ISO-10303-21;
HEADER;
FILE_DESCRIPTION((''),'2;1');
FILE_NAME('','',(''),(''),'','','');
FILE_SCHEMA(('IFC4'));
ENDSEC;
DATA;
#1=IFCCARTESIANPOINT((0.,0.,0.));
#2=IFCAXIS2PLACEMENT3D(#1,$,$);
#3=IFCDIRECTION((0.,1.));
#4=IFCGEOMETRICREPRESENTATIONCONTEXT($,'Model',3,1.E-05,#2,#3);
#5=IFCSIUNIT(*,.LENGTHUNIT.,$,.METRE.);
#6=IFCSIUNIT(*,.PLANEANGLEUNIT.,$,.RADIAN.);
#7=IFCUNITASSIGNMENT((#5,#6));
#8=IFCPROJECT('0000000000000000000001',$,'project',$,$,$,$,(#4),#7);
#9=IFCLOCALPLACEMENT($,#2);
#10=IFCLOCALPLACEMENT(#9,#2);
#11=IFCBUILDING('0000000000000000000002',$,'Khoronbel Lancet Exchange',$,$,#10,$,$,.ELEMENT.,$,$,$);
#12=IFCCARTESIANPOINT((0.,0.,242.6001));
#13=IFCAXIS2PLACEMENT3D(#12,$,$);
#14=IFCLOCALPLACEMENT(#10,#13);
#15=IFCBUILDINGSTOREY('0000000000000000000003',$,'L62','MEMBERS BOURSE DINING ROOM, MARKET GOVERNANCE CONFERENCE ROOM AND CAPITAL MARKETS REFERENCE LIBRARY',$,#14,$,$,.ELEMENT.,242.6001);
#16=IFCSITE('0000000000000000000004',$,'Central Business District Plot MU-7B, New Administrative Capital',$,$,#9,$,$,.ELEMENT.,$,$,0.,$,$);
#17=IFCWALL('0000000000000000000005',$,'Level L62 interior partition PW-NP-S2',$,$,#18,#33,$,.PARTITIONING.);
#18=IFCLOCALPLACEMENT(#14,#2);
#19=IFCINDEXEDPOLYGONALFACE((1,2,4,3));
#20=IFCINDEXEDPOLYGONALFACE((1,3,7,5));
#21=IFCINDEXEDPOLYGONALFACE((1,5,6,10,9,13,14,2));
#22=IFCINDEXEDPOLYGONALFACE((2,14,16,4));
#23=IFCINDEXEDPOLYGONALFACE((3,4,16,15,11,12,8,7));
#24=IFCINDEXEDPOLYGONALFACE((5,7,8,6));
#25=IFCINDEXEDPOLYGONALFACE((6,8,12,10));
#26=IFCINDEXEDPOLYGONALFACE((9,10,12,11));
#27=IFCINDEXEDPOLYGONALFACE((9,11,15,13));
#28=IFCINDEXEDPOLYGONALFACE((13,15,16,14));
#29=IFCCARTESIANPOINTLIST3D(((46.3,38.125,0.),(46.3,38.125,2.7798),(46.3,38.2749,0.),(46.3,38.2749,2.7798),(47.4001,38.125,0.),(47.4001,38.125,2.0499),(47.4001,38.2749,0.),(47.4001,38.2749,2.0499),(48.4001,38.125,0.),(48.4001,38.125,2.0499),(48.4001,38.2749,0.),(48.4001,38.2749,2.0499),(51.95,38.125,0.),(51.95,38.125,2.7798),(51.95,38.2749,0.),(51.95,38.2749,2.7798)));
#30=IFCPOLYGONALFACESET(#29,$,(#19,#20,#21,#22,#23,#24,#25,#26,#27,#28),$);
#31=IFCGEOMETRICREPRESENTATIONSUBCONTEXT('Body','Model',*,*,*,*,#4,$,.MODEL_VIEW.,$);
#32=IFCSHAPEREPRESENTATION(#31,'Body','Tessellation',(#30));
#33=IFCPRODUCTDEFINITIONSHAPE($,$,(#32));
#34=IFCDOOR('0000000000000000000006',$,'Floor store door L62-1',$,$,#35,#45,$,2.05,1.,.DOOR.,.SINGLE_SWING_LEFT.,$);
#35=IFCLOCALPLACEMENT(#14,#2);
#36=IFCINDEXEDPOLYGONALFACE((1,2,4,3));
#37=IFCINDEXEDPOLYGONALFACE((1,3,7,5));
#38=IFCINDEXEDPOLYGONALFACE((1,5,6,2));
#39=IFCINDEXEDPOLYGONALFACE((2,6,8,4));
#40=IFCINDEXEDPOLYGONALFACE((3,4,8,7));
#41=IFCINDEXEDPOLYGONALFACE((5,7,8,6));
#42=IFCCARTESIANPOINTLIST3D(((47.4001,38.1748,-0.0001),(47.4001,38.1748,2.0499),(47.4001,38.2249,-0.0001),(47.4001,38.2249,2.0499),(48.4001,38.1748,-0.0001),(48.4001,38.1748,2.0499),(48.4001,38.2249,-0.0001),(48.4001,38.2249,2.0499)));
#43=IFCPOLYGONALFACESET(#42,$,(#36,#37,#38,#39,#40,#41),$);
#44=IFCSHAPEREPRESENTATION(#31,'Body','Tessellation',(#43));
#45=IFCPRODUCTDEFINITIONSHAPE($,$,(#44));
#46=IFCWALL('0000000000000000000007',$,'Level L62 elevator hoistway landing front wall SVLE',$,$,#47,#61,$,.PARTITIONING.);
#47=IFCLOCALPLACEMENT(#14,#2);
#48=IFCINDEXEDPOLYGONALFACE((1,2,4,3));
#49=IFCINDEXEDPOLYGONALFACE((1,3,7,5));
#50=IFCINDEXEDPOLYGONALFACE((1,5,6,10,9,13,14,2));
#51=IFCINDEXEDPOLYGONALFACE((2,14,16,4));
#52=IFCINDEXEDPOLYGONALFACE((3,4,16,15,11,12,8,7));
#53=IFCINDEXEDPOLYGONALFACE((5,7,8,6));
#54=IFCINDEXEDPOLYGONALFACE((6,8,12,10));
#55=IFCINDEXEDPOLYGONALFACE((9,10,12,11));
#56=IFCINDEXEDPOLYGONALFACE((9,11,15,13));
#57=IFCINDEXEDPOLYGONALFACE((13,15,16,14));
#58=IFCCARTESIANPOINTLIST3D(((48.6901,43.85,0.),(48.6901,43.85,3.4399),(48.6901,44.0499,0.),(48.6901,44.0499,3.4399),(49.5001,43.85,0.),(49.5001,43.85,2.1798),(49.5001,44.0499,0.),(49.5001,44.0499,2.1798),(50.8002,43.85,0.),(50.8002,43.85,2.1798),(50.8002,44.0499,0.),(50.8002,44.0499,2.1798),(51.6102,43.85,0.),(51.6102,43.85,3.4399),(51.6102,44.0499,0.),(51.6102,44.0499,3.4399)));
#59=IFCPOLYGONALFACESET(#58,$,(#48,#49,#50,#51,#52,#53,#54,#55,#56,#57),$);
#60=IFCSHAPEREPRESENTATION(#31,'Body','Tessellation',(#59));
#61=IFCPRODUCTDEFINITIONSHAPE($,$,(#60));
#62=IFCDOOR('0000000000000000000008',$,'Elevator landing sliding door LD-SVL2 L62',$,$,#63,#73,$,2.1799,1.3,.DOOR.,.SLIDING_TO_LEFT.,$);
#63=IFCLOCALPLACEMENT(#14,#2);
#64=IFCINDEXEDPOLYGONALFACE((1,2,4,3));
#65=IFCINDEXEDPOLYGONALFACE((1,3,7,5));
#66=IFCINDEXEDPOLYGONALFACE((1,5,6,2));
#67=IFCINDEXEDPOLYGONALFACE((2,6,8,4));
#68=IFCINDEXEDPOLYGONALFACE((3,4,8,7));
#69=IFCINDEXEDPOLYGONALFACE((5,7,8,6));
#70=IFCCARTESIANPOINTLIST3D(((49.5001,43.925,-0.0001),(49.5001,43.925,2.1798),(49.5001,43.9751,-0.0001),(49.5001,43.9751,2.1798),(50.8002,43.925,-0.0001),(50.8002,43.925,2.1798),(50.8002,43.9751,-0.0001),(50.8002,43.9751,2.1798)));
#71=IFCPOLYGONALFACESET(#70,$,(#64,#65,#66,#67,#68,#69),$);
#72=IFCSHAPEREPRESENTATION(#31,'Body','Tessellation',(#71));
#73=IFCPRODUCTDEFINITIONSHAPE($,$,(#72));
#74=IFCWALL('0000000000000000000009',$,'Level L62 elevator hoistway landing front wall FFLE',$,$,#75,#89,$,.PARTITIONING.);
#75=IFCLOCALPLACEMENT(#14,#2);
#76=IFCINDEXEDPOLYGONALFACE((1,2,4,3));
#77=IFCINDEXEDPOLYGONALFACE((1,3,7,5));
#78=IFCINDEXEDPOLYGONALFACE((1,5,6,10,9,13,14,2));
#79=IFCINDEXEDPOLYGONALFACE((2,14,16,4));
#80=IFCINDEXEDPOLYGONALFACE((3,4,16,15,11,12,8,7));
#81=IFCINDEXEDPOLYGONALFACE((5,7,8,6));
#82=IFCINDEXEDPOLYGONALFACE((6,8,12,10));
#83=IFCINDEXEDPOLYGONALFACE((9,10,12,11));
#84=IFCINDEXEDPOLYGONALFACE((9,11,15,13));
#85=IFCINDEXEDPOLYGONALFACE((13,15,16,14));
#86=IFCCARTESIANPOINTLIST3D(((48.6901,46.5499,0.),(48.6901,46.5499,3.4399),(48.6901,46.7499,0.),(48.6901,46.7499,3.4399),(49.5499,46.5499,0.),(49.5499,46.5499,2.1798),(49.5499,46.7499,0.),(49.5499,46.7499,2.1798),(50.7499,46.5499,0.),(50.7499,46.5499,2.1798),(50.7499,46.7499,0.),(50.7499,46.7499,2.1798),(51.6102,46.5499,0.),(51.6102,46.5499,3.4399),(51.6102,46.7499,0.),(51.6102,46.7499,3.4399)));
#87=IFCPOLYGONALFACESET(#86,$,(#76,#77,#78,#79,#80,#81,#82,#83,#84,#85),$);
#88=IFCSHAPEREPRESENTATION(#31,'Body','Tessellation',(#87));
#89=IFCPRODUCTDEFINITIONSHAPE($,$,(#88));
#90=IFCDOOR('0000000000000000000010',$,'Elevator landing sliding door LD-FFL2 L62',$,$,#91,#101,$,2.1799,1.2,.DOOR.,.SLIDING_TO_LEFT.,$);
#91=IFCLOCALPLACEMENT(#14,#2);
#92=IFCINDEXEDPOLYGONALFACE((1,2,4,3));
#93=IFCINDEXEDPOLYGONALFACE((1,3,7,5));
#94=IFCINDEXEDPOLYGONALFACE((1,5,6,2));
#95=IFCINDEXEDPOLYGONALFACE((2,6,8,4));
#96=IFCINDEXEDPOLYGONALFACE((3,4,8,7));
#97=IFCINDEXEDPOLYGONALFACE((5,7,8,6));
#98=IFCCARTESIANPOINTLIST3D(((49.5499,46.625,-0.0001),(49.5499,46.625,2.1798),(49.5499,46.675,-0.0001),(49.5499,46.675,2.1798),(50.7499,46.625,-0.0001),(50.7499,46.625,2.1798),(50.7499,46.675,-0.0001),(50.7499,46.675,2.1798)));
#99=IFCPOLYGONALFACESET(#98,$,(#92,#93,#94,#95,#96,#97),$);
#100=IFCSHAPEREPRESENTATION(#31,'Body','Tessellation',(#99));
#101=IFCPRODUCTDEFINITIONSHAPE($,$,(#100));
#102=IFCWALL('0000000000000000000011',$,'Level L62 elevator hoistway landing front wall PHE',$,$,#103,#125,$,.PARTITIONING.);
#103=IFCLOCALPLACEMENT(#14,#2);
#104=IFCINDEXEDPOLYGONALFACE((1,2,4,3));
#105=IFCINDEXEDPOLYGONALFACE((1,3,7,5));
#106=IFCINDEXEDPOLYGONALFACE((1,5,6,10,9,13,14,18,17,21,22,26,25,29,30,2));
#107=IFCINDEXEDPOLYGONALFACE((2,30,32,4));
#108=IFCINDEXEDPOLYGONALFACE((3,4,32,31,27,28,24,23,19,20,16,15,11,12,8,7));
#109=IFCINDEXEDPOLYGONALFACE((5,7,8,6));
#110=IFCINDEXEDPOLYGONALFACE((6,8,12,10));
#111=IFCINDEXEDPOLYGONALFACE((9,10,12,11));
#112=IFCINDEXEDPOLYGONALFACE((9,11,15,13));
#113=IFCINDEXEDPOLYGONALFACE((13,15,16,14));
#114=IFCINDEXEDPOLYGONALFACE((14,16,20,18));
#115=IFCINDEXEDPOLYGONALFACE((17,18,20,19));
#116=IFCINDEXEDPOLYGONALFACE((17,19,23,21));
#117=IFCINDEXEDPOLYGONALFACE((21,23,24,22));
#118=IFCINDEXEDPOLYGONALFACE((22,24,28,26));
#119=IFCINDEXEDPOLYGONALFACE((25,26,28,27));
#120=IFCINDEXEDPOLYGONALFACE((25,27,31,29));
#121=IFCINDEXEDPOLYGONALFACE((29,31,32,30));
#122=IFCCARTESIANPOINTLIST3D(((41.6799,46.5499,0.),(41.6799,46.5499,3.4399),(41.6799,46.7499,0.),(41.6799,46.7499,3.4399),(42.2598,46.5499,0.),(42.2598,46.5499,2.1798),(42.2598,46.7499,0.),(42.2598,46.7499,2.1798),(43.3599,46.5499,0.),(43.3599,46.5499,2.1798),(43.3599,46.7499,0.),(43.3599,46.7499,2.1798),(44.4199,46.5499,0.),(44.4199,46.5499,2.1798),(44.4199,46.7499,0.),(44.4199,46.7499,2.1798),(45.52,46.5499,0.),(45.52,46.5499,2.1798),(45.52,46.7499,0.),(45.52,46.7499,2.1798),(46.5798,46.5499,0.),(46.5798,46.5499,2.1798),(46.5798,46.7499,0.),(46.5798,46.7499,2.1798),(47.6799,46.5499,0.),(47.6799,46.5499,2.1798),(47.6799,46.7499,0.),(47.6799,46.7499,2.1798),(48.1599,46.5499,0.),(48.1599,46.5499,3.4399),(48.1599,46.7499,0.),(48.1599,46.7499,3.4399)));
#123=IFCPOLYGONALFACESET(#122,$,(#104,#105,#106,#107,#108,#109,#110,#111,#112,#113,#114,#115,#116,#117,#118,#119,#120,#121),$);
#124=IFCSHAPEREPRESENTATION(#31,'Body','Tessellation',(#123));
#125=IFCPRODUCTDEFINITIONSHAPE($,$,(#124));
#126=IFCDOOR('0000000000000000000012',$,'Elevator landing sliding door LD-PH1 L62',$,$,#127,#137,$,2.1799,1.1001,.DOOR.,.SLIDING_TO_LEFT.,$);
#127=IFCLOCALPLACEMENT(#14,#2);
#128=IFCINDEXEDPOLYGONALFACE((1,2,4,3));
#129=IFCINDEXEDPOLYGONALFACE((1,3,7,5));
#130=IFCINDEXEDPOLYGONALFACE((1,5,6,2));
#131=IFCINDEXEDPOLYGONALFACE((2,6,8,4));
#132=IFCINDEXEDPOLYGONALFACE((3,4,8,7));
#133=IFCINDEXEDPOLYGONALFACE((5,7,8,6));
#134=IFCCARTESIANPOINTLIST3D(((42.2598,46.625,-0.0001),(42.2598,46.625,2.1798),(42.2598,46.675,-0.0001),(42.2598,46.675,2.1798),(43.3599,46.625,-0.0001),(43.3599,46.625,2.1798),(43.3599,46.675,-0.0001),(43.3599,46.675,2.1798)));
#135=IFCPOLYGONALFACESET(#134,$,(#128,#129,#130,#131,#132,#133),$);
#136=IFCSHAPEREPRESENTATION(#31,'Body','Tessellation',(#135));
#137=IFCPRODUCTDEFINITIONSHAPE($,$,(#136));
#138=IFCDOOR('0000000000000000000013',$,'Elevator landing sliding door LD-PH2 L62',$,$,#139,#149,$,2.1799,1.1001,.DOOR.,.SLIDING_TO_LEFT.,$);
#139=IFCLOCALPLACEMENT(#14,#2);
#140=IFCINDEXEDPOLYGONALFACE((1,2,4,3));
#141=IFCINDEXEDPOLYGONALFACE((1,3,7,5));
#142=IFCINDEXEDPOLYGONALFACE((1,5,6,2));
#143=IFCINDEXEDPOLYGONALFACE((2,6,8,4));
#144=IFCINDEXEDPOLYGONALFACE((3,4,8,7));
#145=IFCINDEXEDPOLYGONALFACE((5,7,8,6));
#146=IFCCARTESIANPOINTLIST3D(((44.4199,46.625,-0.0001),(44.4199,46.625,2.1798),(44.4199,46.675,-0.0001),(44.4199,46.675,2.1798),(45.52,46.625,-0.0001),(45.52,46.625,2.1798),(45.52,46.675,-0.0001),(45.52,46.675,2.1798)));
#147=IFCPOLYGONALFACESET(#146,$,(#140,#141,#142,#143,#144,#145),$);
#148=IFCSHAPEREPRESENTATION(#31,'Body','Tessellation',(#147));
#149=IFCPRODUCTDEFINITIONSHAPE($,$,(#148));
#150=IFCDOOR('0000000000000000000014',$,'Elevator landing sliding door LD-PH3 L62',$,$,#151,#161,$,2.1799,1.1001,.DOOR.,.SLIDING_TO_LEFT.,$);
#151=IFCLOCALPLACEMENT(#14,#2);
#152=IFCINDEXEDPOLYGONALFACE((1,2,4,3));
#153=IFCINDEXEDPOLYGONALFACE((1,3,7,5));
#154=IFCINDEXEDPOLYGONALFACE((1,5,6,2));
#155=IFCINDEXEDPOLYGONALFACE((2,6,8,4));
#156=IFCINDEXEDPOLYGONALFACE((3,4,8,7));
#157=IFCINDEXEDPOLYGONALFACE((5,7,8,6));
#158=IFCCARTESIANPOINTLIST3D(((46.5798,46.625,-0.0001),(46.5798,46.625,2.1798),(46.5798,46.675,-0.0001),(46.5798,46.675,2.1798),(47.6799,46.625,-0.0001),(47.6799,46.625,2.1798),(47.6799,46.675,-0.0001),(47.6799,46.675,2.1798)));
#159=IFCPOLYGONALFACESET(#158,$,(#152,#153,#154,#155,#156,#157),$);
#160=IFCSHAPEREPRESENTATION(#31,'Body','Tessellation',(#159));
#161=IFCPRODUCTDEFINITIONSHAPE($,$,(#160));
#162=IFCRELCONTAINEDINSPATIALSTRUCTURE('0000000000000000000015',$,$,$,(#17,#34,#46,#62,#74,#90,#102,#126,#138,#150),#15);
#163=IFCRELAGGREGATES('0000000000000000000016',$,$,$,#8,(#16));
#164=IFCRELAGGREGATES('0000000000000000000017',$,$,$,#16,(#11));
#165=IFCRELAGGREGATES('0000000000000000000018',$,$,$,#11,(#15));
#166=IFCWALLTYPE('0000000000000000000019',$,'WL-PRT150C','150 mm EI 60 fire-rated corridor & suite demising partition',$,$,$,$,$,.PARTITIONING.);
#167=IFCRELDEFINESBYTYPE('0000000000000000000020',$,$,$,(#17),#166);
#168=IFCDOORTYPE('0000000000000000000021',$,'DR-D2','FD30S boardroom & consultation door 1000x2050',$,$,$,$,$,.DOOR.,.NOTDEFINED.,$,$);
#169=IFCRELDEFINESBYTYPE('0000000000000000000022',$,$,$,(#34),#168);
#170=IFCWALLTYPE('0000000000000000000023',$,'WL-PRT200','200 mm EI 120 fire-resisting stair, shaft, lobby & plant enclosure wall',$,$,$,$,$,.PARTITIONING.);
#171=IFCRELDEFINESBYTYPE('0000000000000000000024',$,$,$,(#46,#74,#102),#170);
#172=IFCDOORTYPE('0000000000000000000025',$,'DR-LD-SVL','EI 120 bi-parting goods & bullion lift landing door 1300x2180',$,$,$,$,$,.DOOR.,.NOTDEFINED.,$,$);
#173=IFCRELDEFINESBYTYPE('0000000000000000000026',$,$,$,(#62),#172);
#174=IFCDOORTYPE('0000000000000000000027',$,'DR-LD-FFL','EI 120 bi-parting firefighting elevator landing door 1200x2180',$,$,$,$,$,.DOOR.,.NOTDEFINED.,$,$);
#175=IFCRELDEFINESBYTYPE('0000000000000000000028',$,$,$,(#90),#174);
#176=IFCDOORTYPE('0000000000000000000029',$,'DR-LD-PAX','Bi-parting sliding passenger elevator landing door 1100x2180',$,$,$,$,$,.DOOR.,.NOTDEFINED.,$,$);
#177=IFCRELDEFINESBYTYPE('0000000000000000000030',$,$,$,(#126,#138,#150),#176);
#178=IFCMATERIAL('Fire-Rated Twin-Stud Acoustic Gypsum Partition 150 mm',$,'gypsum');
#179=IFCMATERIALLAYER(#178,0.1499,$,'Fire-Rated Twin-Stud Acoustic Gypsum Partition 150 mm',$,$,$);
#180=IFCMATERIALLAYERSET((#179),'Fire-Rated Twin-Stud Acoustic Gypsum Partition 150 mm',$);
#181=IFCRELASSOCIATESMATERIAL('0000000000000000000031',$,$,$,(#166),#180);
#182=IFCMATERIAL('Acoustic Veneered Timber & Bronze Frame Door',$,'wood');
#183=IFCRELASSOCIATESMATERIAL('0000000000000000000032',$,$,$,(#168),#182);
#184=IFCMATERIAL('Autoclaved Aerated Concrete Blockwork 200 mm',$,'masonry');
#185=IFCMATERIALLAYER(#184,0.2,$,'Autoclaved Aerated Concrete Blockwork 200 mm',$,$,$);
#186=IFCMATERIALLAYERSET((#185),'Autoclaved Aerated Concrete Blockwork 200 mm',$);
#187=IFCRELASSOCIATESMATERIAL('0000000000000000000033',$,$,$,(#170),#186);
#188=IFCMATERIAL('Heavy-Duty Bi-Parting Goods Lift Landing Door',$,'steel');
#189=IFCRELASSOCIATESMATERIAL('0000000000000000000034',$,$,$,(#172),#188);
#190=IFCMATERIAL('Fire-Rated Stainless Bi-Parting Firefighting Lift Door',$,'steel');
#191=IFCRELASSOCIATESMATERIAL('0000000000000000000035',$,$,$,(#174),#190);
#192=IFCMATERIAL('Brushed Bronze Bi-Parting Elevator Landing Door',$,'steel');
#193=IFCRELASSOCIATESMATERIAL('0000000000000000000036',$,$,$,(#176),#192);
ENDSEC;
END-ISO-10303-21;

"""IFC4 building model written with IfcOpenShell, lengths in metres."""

from ifc_helpers import new_model, si_unit, direction, frame, frame_2d, origin, place, context, subcontext, project, spatial, rectangle, extrude, material, layer, layer_set, type_object, element, fill, save


model = new_model("IFC4")

# Units and contexts
model_context = context("Model", 3, precision=1e-05, world=origin(), true_north=direction((0.0, 1.0)))
body_context = subcontext(model_context, "Body", "Model", "MODEL_VIEW")
ifc_project = project(units=[si_unit("LENGTHUNIT", "METRE"), si_unit("PLANEANGLEUNIT", "RADIAN")], contexts=[model_context])

# Site, building, storey
site_placement = place(None, origin())
site = spatial("IfcSite", under=ifc_project, at=site_placement, Name="Central Business District Plot MU-7B, New Administrative Capital", CompositionType="ELEMENT", RefElevation=0.0)
building_placement = place(site_placement, origin())
building = spatial("IfcBuilding", under=site, at=building_placement, Name="Khoronbel Lancet Exchange", CompositionType="ELEMENT")
storey_placement = place(building_placement, frame((0.0, 0.0, 242.6001)))
storey = spatial("IfcBuildingStorey", under=building, at=storey_placement, Name="L62", Description="MEMBERS BOURSE DINING ROOM, MARKET GOVERNANCE CONFERENCE ROOM AND CAPITAL MARKETS REFERENCE LIBRARY", CompositionType="ELEMENT", Elevation=242.6001)

# Walls, openings, doors
ifc_material_1 = material(Name="Fire-Rated Twin-Stud Acoustic Gypsum Partition 150 mm", Category="gypsum")
ifc_layer_1 = layer(ifc_material_1, 0.1499, Name="Fire-Rated Twin-Stud Acoustic Gypsum Partition 150 mm")
ifc_layer_set_1 = layer_set([ifc_layer_1], Name="Fire-Rated Twin-Stud Acoustic Gypsum Partition 150 mm")
wall_type_1 = type_object("IfcWallType", Name="WL-PRT150C", Description="150 mm EI 60 fire-rated corridor & suite demising partition", PredefinedType="PARTITIONING", material=ifc_layer_set_1)
wall_1_placement = place(storey_placement, frame((46.3, 38.2, 0.0), z_axis=(0.0, 0.0, 1.0), x_axis=(1.0, 0.0, 0.0)))
wall_1 = element("IfcWall", 1, at=wall_1_placement, inside=storey, type_object=wall_type_1, Name="Level L62 interior partition PW-NP-S2", PredefinedType="PARTITIONING", context=body_context, shape_type="SweptSolid", body=[
    extrude(rectangle(XDim=5.6499, YDim=0.1499, at=frame_2d((2.825, 0.0))), origin(), (0.0, 0.0, 1.0), 2.7798),
])
opening_1_placement = place(wall_1_placement, frame((1.1001, 0.0, 0.0)))
opening_1 = element("IfcOpeningElement", 2, at=opening_1_placement, cuts=wall_1, PredefinedType="OPENING", context=body_context, shape_type="SweptSolid", body=[
    extrude(rectangle(XDim=1.0, YDim=2.05, at=frame_2d((0.5, 1.0249))), frame((0.0, 0.085, 0.0), z_axis=(0.0, -1.0, 0.0), x_axis=(1.0, 0.0, 0.0)), (0.0, 0.0, 1.0), 0.1699),
])
ifc_material_2 = material(Name="Acoustic Veneered Timber & Bronze Frame Door", Category="wood")
door_type_1 = type_object("IfcDoorType", Name="DR-D2", Description="FD30S boardroom & consultation door 1000x2050", OperationType="NOTDEFINED", PredefinedType="DOOR", material=ifc_material_2)
door_1_placement = place(opening_1_placement, origin())
door_1 = element("IfcDoor", 3, at=door_1_placement, inside=storey, type_object=door_type_1, Name="Floor store door L62-1", OperationType="SINGLE_SWING_LEFT", OverallHeight=2.05, OverallWidth=1.0, PredefinedType="DOOR", context=body_context, shape_type="SweptSolid", body=[
    extrude(rectangle(XDim=1.0, YDim=2.05, at=frame_2d((0.5, 1.0249))), frame((0.0, 0.0249, 0.0), z_axis=(0.0, -1.0, 0.0), x_axis=(1.0, 0.0, 0.0)), (0.0, 0.0, 1.0), 0.05),
])
fill(opening_1, door_1)
ifc_material_3 = material(Name="Autoclaved Aerated Concrete Blockwork 200 mm", Category="masonry")
ifc_layer_2 = layer(ifc_material_3, 0.2, Name="Autoclaved Aerated Concrete Blockwork 200 mm")
ifc_layer_set_2 = layer_set([ifc_layer_2], Name="Autoclaved Aerated Concrete Blockwork 200 mm")
wall_type_2 = type_object("IfcWallType", Name="WL-PRT200", Description="200 mm EI 120 fire-resisting stair, shaft, lobby & plant enclosure wall", PredefinedType="PARTITIONING", material=ifc_layer_set_2)
wall_2_placement = place(storey_placement, frame((51.6101, 43.95, 0.0), z_axis=(0.0, 0.0, 1.0), x_axis=(-1.0, 0.0, 0.0)))
wall_2 = element("IfcWall", 4, at=wall_2_placement, inside=storey, type_object=wall_type_2, Name="Level L62 elevator hoistway landing front wall SVLE", PredefinedType="PARTITIONING", context=body_context, shape_type="SweptSolid", body=[
    extrude(rectangle(XDim=2.9202, YDim=0.2, at=frame_2d((1.46, 0.0))), origin(), (0.0, 0.0, 1.0), 3.4399),
])
opening_2_placement = place(wall_2_placement, frame((0.8101, 0.0, 0.0)))
opening_2 = element("IfcOpeningElement", 5, at=opening_2_placement, cuts=wall_2, PredefinedType="OPENING", context=body_context, shape_type="SweptSolid", body=[
    extrude(rectangle(XDim=1.3, YDim=2.1799, at=frame_2d((0.6499, 1.0898))), frame((0.0, 0.1099, 0.0), z_axis=(0.0, -1.0, 0.0), x_axis=(1.0, 0.0, 0.0)), (0.0, 0.0, 1.0), 0.22),
])
ifc_material_4 = material(Name="Heavy-Duty Bi-Parting Goods Lift Landing Door", Category="steel")
door_type_2 = type_object("IfcDoorType", Name="DR-LD-SVL", Description="EI 120 bi-parting goods & bullion lift landing door 1300x2180", OperationType="NOTDEFINED", PredefinedType="DOOR", material=ifc_material_4)
door_2_placement = place(opening_2_placement, origin())
door_2 = element("IfcDoor", 6, at=door_2_placement, inside=storey, type_object=door_type_2, Name="Elevator landing sliding door LD-SVL2 L62", OperationType="SLIDING_TO_LEFT", OverallHeight=2.1799, OverallWidth=1.3, PredefinedType="DOOR", context=body_context, shape_type="SweptSolid", body=[
    extrude(rectangle(XDim=1.3, YDim=2.1799, at=frame_2d((0.6499, 1.0898))), frame((0.0, 0.0249, 0.0), z_axis=(0.0, -1.0, 0.0), x_axis=(1.0, 0.0, 0.0)), (0.0, 0.0, 1.0), 0.05),
])
fill(opening_2, door_2)
wall_3_placement = place(storey_placement, frame((51.6101, 46.6499, 0.0), z_axis=(0.0, 0.0, 1.0), x_axis=(-1.0, 0.0, 0.0)))
wall_3 = element("IfcWall", 7, at=wall_3_placement, inside=storey, type_object=wall_type_2, Name="Level L62 elevator hoistway landing front wall FFLE", PredefinedType="PARTITIONING", context=body_context, shape_type="SweptSolid", body=[
    extrude(rectangle(XDim=2.9202, YDim=0.2, at=frame_2d((1.46, 0.0))), origin(), (0.0, 0.0, 1.0), 3.4399),
])
opening_3_placement = place(wall_3_placement, frame((0.8601, 0.0, 0.0)))
opening_3 = element("IfcOpeningElement", 8, at=opening_3_placement, cuts=wall_3, PredefinedType="OPENING", context=body_context, shape_type="SweptSolid", body=[
    extrude(rectangle(XDim=1.2, YDim=2.1799, at=frame_2d((0.6001, 1.0898))), frame((0.0, 0.1099, 0.0), z_axis=(0.0, -1.0, 0.0), x_axis=(1.0, 0.0, 0.0)), (0.0, 0.0, 1.0), 0.22),
])
ifc_material_5 = material(Name="Fire-Rated Stainless Bi-Parting Firefighting Lift Door", Category="steel")
door_type_3 = type_object("IfcDoorType", Name="DR-LD-FFL", Description="EI 120 bi-parting firefighting elevator landing door 1200x2180", OperationType="NOTDEFINED", PredefinedType="DOOR", material=ifc_material_5)
door_3_placement = place(opening_3_placement, origin())
door_3 = element("IfcDoor", 9, at=door_3_placement, inside=storey, type_object=door_type_3, Name="Elevator landing sliding door LD-FFL2 L62", OperationType="SLIDING_TO_LEFT", OverallHeight=2.1799, OverallWidth=1.2, PredefinedType="DOOR", context=body_context, shape_type="SweptSolid", body=[
    extrude(rectangle(XDim=1.2, YDim=2.1799, at=frame_2d((0.6001, 1.0898))), frame((0.0, 0.0249, 0.0), z_axis=(0.0, -1.0, 0.0), x_axis=(1.0, 0.0, 0.0)), (0.0, 0.0, 1.0), 0.05),
])
fill(opening_3, door_3)

# Wall, openings, doors
wall_4_placement = place(storey_placement, frame((48.1599, 46.6499, 0.0), z_axis=(0.0, 0.0, 1.0), x_axis=(-1.0, 0.0, 0.0)))
wall_4 = element("IfcWall", 10, at=wall_4_placement, inside=storey, type_object=wall_type_2, Name="Level L62 elevator hoistway landing front wall PHE", PredefinedType="PARTITIONING", context=body_context, shape_type="SweptSolid", body=[
    extrude(rectangle(XDim=6.48, YDim=0.2, at=frame_2d((3.24, 0.0))), origin(), (0.0, 0.0, 1.0), 3.4399),
])
opening_4_placement = place(wall_4_placement, frame((4.8, 0.0, 0.0)))
opening_4 = element("IfcOpeningElement", 11, at=opening_4_placement, cuts=wall_4, PredefinedType="OPENING", context=body_context, shape_type="SweptSolid", body=[
    extrude(rectangle(XDim=1.1001, YDim=2.1799, at=frame_2d((0.55, 1.0898))), frame((0.0, 0.1099, 0.0), z_axis=(0.0, -1.0, 0.0), x_axis=(1.0, 0.0, 0.0)), (0.0, 0.0, 1.0), 0.22),
])
opening_5_placement = place(wall_4_placement, frame((2.6399, 0.0, 0.0)))
opening_5 = element("IfcOpeningElement", 12, at=opening_5_placement, cuts=wall_4, PredefinedType="OPENING", context=body_context, shape_type="SweptSolid", body=[
    extrude(rectangle(XDim=1.1001, YDim=2.1799, at=frame_2d((0.55, 1.0898))), frame((0.0, 0.1099, 0.0), z_axis=(0.0, -1.0, 0.0), x_axis=(1.0, 0.0, 0.0)), (0.0, 0.0, 1.0), 0.22),
])
opening_6_placement = place(wall_4_placement, frame((0.48, 0.0, 0.0)))
opening_6 = element("IfcOpeningElement", 13, at=opening_6_placement, cuts=wall_4, PredefinedType="OPENING", context=body_context, shape_type="SweptSolid", body=[
    extrude(rectangle(XDim=1.1001, YDim=2.1799, at=frame_2d((0.55, 1.0898))), frame((0.0, 0.1099, 0.0), z_axis=(0.0, -1.0, 0.0), x_axis=(1.0, 0.0, 0.0)), (0.0, 0.0, 1.0), 0.22),
])
ifc_material_6 = material(Name="Brushed Bronze Bi-Parting Elevator Landing Door", Category="steel")
door_type_4 = type_object("IfcDoorType", Name="DR-LD-PAX", Description="Bi-parting sliding passenger elevator landing door 1100x2180", OperationType="NOTDEFINED", PredefinedType="DOOR", material=ifc_material_6)
door_4_placement = place(opening_4_placement, origin())
door_4 = element("IfcDoor", 14, at=door_4_placement, inside=storey, type_object=door_type_4, Name="Elevator landing sliding door LD-PH1 L62", OperationType="SLIDING_TO_LEFT", OverallHeight=2.1799, OverallWidth=1.1001, PredefinedType="DOOR", context=body_context, shape_type="SweptSolid", body=[
    extrude(rectangle(XDim=1.1001, YDim=2.1799, at=frame_2d((0.55, 1.0898))), frame((0.0, 0.0249, 0.0), z_axis=(0.0, -1.0, 0.0), x_axis=(1.0, 0.0, 0.0)), (0.0, 0.0, 1.0), 0.05),
])
fill(opening_4, door_4)
door_5_placement = place(opening_5_placement, origin())
door_5 = element("IfcDoor", 15, at=door_5_placement, inside=storey, type_object=door_type_4, Name="Elevator landing sliding door LD-PH2 L62", OperationType="SLIDING_TO_LEFT", OverallHeight=2.1799, OverallWidth=1.1001, PredefinedType="DOOR", context=body_context, shape_type="SweptSolid", body=[
    extrude(rectangle(XDim=1.1001, YDim=2.1799, at=frame_2d((0.55, 1.0898))), frame((0.0, 0.0249, 0.0), z_axis=(0.0, -1.0, 0.0), x_axis=(1.0, 0.0, 0.0)), (0.0, 0.0, 1.0), 0.05),
])
fill(opening_5, door_5)
door_6_placement = place(opening_6_placement, origin())
door_6 = element("IfcDoor", 16, at=door_6_placement, inside=storey, type_object=door_type_4, Name="Elevator landing sliding door LD-PH3 L62", OperationType="SLIDING_TO_LEFT", OverallHeight=2.1799, OverallWidth=1.1001, PredefinedType="DOOR", context=body_context, shape_type="SweptSolid", body=[
    extrude(rectangle(XDim=1.1001, YDim=2.1799, at=frame_2d((0.55, 1.0898))), frame((0.0, 0.0249, 0.0), z_axis=(0.0, -1.0, 0.0), x_axis=(1.0, 0.0, 0.0)), (0.0, 0.0, 1.0), 0.05),
])
fill(opening_6, door_6)

save(model, "model.ifc")
